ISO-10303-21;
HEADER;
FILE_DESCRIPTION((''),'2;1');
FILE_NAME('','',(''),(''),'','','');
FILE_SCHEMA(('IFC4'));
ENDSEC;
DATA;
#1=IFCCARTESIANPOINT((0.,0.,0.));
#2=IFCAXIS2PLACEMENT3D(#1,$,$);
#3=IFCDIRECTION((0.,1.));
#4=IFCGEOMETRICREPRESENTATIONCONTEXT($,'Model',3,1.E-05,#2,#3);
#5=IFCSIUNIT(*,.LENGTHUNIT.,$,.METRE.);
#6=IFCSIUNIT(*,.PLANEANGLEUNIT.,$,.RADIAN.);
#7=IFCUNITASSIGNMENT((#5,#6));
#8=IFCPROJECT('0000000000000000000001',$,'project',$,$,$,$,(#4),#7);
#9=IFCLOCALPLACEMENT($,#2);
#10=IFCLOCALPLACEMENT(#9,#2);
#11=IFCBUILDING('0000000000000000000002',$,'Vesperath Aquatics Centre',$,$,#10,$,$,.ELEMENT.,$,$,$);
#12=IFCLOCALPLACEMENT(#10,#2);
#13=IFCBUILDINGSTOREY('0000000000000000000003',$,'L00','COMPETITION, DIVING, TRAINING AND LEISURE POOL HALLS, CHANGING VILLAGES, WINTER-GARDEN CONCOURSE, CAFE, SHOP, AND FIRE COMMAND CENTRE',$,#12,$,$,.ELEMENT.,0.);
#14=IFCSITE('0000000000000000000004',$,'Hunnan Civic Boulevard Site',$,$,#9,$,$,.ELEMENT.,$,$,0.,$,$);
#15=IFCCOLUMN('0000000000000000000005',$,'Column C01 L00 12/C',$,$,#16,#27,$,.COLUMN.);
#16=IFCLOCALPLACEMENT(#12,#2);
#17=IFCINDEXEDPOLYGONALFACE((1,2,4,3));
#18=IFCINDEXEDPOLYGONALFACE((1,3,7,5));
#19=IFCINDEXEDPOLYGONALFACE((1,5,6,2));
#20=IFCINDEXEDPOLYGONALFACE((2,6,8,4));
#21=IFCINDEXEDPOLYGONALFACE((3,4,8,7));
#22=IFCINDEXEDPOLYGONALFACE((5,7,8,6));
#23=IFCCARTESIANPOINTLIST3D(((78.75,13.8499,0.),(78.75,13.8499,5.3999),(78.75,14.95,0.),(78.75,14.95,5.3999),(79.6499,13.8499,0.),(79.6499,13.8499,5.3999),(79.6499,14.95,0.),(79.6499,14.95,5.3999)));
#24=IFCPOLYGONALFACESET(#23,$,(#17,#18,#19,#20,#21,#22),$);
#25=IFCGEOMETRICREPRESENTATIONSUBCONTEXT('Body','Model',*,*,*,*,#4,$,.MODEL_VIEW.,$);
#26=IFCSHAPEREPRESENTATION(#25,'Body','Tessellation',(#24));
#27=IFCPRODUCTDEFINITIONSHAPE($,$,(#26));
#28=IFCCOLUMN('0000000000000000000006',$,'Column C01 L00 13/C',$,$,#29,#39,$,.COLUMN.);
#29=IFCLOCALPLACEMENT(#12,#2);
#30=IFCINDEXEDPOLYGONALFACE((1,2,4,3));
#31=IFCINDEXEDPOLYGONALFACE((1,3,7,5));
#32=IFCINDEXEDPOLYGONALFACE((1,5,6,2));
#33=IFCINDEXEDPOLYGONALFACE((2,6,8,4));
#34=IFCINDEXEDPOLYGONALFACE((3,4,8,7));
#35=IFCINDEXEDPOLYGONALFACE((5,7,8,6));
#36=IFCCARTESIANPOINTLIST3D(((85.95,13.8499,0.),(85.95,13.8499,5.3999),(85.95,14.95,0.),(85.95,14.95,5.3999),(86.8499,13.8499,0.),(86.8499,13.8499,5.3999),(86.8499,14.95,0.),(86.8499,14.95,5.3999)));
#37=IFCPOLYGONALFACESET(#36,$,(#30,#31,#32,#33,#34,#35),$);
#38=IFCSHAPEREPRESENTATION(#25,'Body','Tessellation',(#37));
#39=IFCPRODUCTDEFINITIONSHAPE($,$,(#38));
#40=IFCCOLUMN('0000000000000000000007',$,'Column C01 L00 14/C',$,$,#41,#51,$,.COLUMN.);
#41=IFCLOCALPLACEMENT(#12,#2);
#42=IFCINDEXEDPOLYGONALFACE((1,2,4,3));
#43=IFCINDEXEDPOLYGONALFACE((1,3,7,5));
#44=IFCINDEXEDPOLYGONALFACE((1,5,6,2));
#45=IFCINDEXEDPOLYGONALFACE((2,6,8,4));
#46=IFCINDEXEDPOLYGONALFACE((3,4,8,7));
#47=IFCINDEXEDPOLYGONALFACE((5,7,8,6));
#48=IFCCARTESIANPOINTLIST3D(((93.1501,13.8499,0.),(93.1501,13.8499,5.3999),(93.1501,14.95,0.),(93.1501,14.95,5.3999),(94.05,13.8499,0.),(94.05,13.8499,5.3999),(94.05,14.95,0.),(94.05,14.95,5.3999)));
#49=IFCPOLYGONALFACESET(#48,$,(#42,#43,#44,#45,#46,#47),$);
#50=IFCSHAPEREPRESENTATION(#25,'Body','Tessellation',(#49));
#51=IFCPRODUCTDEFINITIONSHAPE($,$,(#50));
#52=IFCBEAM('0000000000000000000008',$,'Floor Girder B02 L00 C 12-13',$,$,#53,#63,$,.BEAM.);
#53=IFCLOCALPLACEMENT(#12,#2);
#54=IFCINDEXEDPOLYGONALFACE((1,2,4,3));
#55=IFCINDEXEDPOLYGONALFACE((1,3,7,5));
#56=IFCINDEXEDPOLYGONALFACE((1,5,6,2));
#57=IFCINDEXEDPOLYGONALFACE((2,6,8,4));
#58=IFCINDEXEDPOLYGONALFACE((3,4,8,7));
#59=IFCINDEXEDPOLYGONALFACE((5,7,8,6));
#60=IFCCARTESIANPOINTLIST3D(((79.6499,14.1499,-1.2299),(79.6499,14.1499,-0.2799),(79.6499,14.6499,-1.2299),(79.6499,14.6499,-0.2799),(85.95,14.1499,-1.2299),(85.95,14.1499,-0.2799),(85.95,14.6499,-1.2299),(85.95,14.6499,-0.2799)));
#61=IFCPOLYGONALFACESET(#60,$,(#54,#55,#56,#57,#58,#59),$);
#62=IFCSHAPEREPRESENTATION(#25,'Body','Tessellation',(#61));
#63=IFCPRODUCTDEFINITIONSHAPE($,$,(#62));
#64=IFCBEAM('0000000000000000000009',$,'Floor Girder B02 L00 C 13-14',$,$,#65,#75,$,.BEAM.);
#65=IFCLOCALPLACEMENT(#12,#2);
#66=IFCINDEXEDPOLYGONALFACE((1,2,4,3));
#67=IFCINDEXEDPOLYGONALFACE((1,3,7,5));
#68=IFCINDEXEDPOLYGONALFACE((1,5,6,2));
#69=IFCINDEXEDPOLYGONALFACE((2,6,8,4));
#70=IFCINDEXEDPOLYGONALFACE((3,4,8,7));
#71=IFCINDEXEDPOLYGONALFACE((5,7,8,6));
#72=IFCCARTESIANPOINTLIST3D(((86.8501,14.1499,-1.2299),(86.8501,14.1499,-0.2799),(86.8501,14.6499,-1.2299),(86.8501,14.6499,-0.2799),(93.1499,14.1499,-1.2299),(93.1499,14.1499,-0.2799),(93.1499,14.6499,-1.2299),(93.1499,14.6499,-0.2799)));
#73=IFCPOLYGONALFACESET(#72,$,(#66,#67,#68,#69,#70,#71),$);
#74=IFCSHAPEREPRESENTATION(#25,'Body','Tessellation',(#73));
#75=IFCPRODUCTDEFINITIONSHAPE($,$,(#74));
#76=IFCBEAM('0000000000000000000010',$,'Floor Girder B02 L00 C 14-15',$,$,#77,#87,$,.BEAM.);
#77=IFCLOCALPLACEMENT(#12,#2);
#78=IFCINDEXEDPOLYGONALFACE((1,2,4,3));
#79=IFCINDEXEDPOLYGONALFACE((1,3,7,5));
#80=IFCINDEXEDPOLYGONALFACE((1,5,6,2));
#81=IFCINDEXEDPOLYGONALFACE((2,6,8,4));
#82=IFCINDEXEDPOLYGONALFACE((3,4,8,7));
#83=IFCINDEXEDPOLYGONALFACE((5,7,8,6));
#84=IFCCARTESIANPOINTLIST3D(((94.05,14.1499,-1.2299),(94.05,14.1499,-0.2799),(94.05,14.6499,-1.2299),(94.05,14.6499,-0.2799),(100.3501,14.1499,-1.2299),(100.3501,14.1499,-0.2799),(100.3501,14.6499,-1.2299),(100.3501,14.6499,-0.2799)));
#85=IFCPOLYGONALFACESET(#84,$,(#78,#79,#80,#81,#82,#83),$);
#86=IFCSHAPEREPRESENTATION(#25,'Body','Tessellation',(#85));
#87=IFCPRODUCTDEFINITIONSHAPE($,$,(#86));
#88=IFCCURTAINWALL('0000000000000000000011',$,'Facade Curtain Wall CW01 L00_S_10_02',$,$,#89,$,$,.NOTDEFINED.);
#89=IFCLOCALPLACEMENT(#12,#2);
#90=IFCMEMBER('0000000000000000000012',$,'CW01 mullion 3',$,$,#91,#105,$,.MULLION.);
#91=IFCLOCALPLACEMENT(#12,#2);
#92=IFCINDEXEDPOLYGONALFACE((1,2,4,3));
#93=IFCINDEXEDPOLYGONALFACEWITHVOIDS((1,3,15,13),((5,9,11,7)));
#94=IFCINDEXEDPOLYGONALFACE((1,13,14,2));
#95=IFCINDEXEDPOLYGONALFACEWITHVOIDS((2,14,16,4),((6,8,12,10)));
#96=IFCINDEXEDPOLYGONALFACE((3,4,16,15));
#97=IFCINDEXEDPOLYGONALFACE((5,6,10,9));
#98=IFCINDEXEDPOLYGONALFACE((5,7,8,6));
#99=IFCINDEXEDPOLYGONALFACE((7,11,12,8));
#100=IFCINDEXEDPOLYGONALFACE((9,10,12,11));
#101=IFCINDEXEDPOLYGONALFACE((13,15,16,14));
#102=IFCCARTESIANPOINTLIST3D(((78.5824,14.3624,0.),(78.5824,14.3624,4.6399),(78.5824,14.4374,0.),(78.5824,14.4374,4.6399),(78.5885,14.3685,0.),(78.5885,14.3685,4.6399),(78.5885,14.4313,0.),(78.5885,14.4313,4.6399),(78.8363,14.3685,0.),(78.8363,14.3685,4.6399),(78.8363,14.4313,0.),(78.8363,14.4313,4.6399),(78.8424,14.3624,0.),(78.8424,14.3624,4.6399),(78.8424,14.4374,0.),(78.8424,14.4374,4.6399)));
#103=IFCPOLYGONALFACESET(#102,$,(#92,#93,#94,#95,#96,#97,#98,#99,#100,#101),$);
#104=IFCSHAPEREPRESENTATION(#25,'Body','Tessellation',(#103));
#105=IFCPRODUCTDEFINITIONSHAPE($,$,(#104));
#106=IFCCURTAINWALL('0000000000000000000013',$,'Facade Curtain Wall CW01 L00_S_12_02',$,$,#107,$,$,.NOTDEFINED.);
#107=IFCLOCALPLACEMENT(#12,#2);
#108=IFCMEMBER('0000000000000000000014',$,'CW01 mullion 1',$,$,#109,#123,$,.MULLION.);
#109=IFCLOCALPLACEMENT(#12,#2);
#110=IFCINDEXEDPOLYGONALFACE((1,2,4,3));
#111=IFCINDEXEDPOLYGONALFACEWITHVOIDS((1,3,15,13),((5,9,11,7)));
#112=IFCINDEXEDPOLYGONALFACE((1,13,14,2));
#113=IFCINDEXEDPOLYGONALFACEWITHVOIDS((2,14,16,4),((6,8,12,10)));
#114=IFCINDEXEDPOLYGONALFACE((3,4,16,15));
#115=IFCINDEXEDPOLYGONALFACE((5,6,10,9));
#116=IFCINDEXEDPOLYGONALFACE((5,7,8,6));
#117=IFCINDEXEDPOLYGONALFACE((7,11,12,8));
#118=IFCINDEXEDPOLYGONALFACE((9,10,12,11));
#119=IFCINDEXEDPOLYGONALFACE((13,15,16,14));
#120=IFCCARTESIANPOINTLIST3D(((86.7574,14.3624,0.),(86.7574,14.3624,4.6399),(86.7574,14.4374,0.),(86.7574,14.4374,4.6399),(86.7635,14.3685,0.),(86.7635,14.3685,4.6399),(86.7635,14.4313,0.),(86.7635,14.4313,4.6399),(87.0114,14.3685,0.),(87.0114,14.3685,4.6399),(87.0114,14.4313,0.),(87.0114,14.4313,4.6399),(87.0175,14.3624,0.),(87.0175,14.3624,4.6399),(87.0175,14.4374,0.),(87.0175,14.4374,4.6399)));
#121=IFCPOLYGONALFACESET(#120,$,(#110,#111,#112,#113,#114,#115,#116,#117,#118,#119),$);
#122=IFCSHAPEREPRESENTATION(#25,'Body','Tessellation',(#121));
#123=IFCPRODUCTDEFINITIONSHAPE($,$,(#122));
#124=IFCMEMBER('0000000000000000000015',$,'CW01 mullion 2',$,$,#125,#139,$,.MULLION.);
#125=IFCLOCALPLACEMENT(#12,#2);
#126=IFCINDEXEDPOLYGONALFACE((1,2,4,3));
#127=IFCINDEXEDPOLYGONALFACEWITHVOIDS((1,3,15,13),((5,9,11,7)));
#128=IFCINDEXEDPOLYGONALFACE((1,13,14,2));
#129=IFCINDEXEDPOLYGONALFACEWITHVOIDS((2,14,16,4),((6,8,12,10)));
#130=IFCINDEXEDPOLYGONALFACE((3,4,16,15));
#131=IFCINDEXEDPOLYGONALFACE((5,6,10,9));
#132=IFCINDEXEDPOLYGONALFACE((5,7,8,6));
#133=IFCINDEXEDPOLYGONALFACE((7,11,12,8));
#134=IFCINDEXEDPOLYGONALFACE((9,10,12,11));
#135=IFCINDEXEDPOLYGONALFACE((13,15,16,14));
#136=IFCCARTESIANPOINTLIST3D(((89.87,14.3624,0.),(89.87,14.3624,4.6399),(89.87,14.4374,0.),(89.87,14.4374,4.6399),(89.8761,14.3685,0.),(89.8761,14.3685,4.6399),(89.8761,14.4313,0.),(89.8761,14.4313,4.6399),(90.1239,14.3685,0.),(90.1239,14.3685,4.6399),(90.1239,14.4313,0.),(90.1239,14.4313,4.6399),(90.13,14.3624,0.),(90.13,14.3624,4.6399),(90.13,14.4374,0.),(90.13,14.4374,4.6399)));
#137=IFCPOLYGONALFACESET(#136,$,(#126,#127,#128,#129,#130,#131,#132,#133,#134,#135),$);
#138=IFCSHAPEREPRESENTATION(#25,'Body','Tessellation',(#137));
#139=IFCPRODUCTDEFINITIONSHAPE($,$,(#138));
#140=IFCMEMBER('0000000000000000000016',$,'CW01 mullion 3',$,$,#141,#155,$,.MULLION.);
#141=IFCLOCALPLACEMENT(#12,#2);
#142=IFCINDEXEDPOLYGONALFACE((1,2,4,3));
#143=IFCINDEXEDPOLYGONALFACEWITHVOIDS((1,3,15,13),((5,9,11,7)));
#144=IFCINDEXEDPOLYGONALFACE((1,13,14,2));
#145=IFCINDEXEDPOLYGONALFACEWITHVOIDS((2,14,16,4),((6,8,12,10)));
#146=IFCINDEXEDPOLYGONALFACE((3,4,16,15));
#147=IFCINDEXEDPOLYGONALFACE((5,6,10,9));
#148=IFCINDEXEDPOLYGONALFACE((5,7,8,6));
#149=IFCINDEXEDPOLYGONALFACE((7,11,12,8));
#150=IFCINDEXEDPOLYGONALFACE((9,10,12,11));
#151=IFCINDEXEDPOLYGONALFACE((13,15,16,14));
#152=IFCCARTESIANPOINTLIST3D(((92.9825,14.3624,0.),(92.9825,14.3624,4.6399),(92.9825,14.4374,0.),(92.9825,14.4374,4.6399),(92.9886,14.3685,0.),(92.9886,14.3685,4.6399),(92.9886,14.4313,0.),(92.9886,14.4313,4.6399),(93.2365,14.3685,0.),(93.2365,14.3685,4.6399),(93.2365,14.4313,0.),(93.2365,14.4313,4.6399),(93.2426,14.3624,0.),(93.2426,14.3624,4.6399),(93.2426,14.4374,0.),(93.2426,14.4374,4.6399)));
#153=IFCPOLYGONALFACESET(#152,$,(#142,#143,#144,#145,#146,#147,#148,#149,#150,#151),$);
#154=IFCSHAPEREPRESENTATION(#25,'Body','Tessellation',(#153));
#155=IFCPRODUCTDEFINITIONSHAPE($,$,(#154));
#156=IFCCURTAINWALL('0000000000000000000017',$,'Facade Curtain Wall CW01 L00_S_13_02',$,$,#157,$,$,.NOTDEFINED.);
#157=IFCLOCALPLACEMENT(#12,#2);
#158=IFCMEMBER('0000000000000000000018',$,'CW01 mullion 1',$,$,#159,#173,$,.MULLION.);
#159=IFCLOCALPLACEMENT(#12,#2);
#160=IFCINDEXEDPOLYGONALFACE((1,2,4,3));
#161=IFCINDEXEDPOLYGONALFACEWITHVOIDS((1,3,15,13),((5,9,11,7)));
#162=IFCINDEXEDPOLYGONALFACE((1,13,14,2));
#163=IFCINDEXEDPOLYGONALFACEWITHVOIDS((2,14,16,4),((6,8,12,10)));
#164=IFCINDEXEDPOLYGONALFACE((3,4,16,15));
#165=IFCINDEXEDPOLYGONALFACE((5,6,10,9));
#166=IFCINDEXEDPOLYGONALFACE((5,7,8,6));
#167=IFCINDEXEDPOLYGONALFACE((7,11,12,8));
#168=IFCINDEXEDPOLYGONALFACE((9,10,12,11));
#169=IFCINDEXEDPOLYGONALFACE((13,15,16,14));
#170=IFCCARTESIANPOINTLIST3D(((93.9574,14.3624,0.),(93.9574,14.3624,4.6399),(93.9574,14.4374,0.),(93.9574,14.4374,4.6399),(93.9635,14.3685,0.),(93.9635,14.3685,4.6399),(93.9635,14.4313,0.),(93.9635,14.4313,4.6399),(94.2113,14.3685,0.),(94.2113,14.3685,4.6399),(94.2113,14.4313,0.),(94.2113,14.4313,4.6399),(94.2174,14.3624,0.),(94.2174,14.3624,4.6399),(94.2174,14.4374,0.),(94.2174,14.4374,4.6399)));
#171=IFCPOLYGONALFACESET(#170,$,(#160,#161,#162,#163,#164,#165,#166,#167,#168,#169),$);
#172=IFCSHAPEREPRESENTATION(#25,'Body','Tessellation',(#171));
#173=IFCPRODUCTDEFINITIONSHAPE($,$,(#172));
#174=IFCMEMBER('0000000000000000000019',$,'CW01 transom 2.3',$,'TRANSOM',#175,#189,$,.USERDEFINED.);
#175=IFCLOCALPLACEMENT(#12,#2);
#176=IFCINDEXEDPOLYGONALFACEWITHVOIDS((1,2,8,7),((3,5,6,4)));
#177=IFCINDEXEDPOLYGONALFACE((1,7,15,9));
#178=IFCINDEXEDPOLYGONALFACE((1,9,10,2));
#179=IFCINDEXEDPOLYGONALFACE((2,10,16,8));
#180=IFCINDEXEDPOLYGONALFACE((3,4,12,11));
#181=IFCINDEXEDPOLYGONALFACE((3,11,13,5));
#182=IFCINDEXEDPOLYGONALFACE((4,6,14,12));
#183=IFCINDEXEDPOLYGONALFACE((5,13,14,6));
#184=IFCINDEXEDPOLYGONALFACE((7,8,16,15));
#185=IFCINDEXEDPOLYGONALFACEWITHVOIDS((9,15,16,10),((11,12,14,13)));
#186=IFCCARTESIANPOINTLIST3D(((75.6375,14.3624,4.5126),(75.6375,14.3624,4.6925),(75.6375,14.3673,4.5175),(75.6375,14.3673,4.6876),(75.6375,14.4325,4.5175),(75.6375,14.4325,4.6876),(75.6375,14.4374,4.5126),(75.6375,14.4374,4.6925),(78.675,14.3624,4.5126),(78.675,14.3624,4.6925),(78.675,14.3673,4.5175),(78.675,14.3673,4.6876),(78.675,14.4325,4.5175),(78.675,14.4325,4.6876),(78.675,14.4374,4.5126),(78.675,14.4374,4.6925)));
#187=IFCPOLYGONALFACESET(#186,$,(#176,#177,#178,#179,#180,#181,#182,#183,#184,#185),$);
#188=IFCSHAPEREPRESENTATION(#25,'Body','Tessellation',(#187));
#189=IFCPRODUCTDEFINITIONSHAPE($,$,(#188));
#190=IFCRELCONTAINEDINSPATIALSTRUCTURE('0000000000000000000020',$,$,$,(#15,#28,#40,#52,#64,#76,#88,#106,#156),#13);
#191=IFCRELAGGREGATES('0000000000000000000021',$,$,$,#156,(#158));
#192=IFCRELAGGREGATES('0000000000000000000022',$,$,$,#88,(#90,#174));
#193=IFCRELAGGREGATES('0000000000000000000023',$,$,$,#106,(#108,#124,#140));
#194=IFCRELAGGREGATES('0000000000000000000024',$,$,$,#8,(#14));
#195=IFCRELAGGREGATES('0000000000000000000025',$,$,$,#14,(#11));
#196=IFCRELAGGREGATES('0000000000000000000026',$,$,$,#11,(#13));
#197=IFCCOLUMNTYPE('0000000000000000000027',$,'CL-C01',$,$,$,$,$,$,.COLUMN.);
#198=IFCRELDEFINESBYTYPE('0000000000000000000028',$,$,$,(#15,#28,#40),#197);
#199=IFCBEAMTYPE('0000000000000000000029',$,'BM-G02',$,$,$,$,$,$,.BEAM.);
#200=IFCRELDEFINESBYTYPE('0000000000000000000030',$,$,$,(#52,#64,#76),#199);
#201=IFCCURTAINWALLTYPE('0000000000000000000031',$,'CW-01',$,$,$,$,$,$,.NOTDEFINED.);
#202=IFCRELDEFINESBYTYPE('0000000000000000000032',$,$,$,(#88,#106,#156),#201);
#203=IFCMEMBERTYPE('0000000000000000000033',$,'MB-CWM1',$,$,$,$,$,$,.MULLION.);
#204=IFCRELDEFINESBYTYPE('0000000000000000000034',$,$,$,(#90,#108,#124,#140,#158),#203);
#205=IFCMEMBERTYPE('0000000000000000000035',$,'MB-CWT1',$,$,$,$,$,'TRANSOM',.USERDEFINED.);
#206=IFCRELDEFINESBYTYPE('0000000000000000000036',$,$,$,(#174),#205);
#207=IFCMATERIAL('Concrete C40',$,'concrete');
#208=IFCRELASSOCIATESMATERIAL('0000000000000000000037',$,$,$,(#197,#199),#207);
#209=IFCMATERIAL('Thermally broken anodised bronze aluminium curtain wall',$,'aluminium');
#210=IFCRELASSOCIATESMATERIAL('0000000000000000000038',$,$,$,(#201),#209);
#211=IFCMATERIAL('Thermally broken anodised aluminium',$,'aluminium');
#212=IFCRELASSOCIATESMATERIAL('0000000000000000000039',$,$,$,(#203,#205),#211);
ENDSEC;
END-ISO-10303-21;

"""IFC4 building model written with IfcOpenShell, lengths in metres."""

from ifc_helpers import new_model, si_unit, direction, frame, origin, origin_2d, place, context, subcontext, project, spatial, rectangle, hollow_rectangle, extrude, material, material_profile, profile_set, type_object, element, aggregate, save


model = new_model("IFC4")

# Units and contexts
model_context = context("Model", 3, precision=1e-05, world=origin(), true_north=direction((0.0, 1.0)))
body_context = subcontext(model_context, "Body", "Model", "MODEL_VIEW")
ifc_project = project(units=[si_unit("LENGTHUNIT", "METRE"), si_unit("PLANEANGLEUNIT", "RADIAN")], contexts=[model_context])

# Site, building, storey
site_placement = place(None, origin())
site = spatial("IfcSite", under=ifc_project, at=site_placement, Name="Hunnan Civic Boulevard Site", CompositionType="ELEMENT", RefElevation=0.0)
building_placement = place(site_placement, origin())
building = spatial("IfcBuilding", under=site, at=building_placement, Name="Vesperath Aquatics Centre", CompositionType="ELEMENT")
storey_placement = place(building_placement, origin())
storey = spatial("IfcBuildingStorey", under=building, at=storey_placement, Name="L00", Description="COMPETITION, DIVING, TRAINING AND LEISURE POOL HALLS, CHANGING VILLAGES, WINTER-GARDEN CONCOURSE, CAFE, SHOP, AND FIRE COMMAND CENTRE", CompositionType="ELEMENT", Elevation=0.0)

# Columns
ifc_material_1 = material(Name="Concrete C40", Category="concrete")
ifc_material_profile_1 = material_profile(ifc_material_1, rectangle(XDim=0.8999, YDim=1.1001, at=origin_2d()), Name="RC 1100x900")
ifc_profile_set_1 = profile_set([ifc_material_profile_1], Name="Concrete C40")
column_type = type_object("IfcColumnType", Name="CL-C01", PredefinedType="COLUMN", material=ifc_profile_set_1)
for number, where, z_axis, x_axis, name in (
    (1, (79.2, 14.3999, 0.0), (0.0, 0.0, 1.0), (1.0, 0.0, 0.0), "Column C01 L00 12/C"),
    (2, (86.3999, 14.3999, 0.0), (0.0, 0.0, 1.0), (1.0, 0.0, 0.0), "Column C01 L00 13/C"),
    (3, (93.6001, 14.3999, 0.0), (0.0, 0.0, 1.0), (1.0, 0.0, 0.0), "Column C01 L00 14/C"),
):
    element("IfcColumn", number, at=place(storey_placement, frame(where, z_axis=z_axis, x_axis=x_axis)), inside=storey, type_object=column_type, Name=name, PredefinedType="COLUMN", context=body_context, shape_type="SweptSolid", body=[
        extrude(rectangle(XDim=0.8999, YDim=1.1001, at=origin_2d()), origin(), (0.0, 0.0, 1.0), 5.3999),
    ])

# Beams
ifc_material_profile_2 = material_profile(ifc_material_1, rectangle(XDim=0.5, YDim=0.95, at=origin_2d()), Name="RC 500x950")
ifc_profile_set_2 = profile_set([ifc_material_profile_2], Name="Concrete C40")
beam_type = type_object("IfcBeamType", Name="BM-G02", PredefinedType="BEAM", material=ifc_profile_set_2)
beam_1_placement = place(storey_placement, frame((79.6499, 14.3999, -0.7549), z_axis=(1.0, 0.0, 0.0), x_axis=(0.0, 1.0, 0.0)))
element("IfcBeam", 4, at=beam_1_placement, inside=storey, type_object=beam_type, Name="Floor Girder B02 L00 C 12-13", PredefinedType="BEAM", context=body_context, shape_type="SweptSolid", body=[
    extrude(rectangle(XDim=0.5, YDim=0.95, at=origin_2d()), origin(), (0.0, 0.0, 1.0), 6.3),
])
beam_2_placement = place(storey_placement, frame((86.8501, 14.3999, -0.7549), z_axis=(1.0, 0.0, 0.0), x_axis=(0.0, 1.0, 0.0)))
element("IfcBeam", 5, at=beam_2_placement, inside=storey, type_object=beam_type, Name="Floor Girder B02 L00 C 13-14", PredefinedType="BEAM", context=body_context, shape_type="SweptSolid", body=[
    extrude(rectangle(XDim=0.5, YDim=0.95, at=origin_2d()), origin(), (0.0, 0.0, 1.0), 6.2998),
])
beam_3_placement = place(storey_placement, frame((94.05, 14.3999, -0.7549), z_axis=(1.0, 0.0, 0.0), x_axis=(0.0, 1.0, 0.0)))
element("IfcBeam", 6, at=beam_3_placement, inside=storey, type_object=beam_type, Name="Floor Girder B02 L00 C 14-15", PredefinedType="BEAM", context=body_context, shape_type="SweptSolid", body=[
    extrude(rectangle(XDim=0.5, YDim=0.95, at=origin_2d()), origin(), (0.0, 0.0, 1.0), 6.3),
])

# Curtain wall, member
ifc_material_2 = material(Name="Thermally broken anodised bronze aluminium curtain wall", Category="aluminium")
curtain_wall_type = type_object("IfcCurtainWallType", Name="CW-01", PredefinedType="NOTDEFINED", material=ifc_material_2)
curtain_wall_1_placement = place(storey_placement, origin())
curtain_wall_1 = element("IfcCurtainWall", 7, at=curtain_wall_1_placement, inside=storey, type_object=curtain_wall_type, Name="Facade Curtain Wall CW01 L00_S_10_02", PredefinedType="NOTDEFINED")
ifc_material_3 = material(Name="Thermally broken anodised aluminium", Category="aluminium")
ifc_material_profile_3 = material_profile(ifc_material_3, hollow_rectangle(XDim=0.075, YDim=0.26, WallThickness=0.0061, at=origin_2d()), Name="CWM 75x260x6")
ifc_profile_set_3 = profile_set([ifc_material_profile_3], Name="Thermally broken anodised aluminium")
member_type_1 = type_object("IfcMemberType", Name="MB-CWM1", PredefinedType="MULLION", material=ifc_profile_set_3)
member_1_placement = place(storey_placement, frame((78.7124, 14.3999, 0.0), z_axis=(0.0, 0.0, 1.0), x_axis=(0.0, 1.0, 0.0)))
member_1 = element("IfcMember", 8, at=member_1_placement, type_object=member_type_1, Name="CW01 mullion 3", PredefinedType="MULLION", context=body_context, shape_type="SweptSolid", body=[
    extrude(hollow_rectangle(XDim=0.075, YDim=0.26, WallThickness=0.0061, at=origin_2d()), origin(), (0.0, 0.0, 1.0), 4.6399),
])

# Curtain wall, members
curtain_wall_2_placement = place(storey_placement, origin())
curtain_wall_2 = element("IfcCurtainWall", 9, at=curtain_wall_2_placement, inside=storey, type_object=curtain_wall_type, Name="Facade Curtain Wall CW01 L00_S_12_02", PredefinedType="NOTDEFINED")
member_2_placement = place(storey_placement, frame((86.8875, 14.3999, 0.0), z_axis=(0.0, 0.0, 1.0), x_axis=(0.0, 1.0, 0.0)))
member_2 = element("IfcMember", 10, at=member_2_placement, type_object=member_type_1, Name="CW01 mullion 1", PredefinedType="MULLION", context=body_context, shape_type="SweptSolid", body=[
    extrude(hollow_rectangle(XDim=0.075, YDim=0.26, WallThickness=0.0061, at=origin_2d()), origin(), (0.0, 0.0, 1.0), 4.6399),
])
member_3_placement = place(storey_placement, frame((90.0, 14.3999, 0.0), z_axis=(0.0, 0.0, 1.0), x_axis=(0.0, 1.0, 0.0)))
member_3 = element("IfcMember", 11, at=member_3_placement, type_object=member_type_1, Name="CW01 mullion 2", PredefinedType="MULLION", context=body_context, shape_type="SweptSolid", body=[
    extrude(hollow_rectangle(XDim=0.075, YDim=0.26, WallThickness=0.0061, at=origin_2d()), origin(), (0.0, 0.0, 1.0), 4.6399),
])
member_4_placement = place(storey_placement, frame((93.1125, 14.3999, 0.0), z_axis=(0.0, 0.0, 1.0), x_axis=(0.0, 1.0, 0.0)))
member_4 = element("IfcMember", 12, at=member_4_placement, type_object=member_type_1, Name="CW01 mullion 3", PredefinedType="MULLION", context=body_context, shape_type="SweptSolid", body=[
    extrude(hollow_rectangle(XDim=0.075, YDim=0.26, WallThickness=0.0061, at=origin_2d()), origin(), (0.0, 0.0, 1.0), 4.6399),
])

# Curtain wall, member
curtain_wall_3_placement = place(storey_placement, origin())
curtain_wall_3 = element("IfcCurtainWall", 13, at=curtain_wall_3_placement, inside=storey, type_object=curtain_wall_type, Name="Facade Curtain Wall CW01 L00_S_13_02", PredefinedType="NOTDEFINED")
member_5_placement = place(storey_placement, frame((94.0874, 14.3999, 0.0), z_axis=(0.0, 0.0, 1.0), x_axis=(0.0, 1.0, 0.0)))
member_5 = element("IfcMember", 14, at=member_5_placement, type_object=member_type_1, Name="CW01 mullion 1", PredefinedType="MULLION", context=body_context, shape_type="SweptSolid", body=[
    extrude(hollow_rectangle(XDim=0.075, YDim=0.26, WallThickness=0.0061, at=origin_2d()), origin(), (0.0, 0.0, 1.0), 4.6399),
])

# Member
ifc_material_profile_4 = material_profile(ifc_material_3, hollow_rectangle(XDim=0.075, YDim=0.1799, WallThickness=0.0049, at=origin_2d()), Name="CWT 75x180x5")
ifc_profile_set_4 = profile_set([ifc_material_profile_4], Name="Thermally broken anodised aluminium")
member_type_2 = type_object("IfcMemberType", Name="MB-CWT1", ElementType="TRANSOM", PredefinedType="USERDEFINED", material=ifc_profile_set_4)
member_6_placement = place(storey_placement, frame((75.6375, 14.3999, 4.6025), z_axis=(1.0, 0.0, 0.0), x_axis=(0.0, 1.0, 0.0)))
member_6 = element("IfcMember", 15, at=member_6_placement, type_object=member_type_2, Name="CW01 transom 2.3", ObjectType="TRANSOM", PredefinedType="USERDEFINED", context=body_context, shape_type="SweptSolid", body=[
    extrude(hollow_rectangle(XDim=0.075, YDim=0.1799, WallThickness=0.0049, at=origin_2d()), origin(), (0.0, 0.0, 1.0), 3.0376),
])
aggregate(curtain_wall_3, [member_5])

aggregate(curtain_wall_1, [member_1, member_6])
aggregate(curtain_wall_2, [member_2, member_3, member_4])

save(model, "model.ifc")
